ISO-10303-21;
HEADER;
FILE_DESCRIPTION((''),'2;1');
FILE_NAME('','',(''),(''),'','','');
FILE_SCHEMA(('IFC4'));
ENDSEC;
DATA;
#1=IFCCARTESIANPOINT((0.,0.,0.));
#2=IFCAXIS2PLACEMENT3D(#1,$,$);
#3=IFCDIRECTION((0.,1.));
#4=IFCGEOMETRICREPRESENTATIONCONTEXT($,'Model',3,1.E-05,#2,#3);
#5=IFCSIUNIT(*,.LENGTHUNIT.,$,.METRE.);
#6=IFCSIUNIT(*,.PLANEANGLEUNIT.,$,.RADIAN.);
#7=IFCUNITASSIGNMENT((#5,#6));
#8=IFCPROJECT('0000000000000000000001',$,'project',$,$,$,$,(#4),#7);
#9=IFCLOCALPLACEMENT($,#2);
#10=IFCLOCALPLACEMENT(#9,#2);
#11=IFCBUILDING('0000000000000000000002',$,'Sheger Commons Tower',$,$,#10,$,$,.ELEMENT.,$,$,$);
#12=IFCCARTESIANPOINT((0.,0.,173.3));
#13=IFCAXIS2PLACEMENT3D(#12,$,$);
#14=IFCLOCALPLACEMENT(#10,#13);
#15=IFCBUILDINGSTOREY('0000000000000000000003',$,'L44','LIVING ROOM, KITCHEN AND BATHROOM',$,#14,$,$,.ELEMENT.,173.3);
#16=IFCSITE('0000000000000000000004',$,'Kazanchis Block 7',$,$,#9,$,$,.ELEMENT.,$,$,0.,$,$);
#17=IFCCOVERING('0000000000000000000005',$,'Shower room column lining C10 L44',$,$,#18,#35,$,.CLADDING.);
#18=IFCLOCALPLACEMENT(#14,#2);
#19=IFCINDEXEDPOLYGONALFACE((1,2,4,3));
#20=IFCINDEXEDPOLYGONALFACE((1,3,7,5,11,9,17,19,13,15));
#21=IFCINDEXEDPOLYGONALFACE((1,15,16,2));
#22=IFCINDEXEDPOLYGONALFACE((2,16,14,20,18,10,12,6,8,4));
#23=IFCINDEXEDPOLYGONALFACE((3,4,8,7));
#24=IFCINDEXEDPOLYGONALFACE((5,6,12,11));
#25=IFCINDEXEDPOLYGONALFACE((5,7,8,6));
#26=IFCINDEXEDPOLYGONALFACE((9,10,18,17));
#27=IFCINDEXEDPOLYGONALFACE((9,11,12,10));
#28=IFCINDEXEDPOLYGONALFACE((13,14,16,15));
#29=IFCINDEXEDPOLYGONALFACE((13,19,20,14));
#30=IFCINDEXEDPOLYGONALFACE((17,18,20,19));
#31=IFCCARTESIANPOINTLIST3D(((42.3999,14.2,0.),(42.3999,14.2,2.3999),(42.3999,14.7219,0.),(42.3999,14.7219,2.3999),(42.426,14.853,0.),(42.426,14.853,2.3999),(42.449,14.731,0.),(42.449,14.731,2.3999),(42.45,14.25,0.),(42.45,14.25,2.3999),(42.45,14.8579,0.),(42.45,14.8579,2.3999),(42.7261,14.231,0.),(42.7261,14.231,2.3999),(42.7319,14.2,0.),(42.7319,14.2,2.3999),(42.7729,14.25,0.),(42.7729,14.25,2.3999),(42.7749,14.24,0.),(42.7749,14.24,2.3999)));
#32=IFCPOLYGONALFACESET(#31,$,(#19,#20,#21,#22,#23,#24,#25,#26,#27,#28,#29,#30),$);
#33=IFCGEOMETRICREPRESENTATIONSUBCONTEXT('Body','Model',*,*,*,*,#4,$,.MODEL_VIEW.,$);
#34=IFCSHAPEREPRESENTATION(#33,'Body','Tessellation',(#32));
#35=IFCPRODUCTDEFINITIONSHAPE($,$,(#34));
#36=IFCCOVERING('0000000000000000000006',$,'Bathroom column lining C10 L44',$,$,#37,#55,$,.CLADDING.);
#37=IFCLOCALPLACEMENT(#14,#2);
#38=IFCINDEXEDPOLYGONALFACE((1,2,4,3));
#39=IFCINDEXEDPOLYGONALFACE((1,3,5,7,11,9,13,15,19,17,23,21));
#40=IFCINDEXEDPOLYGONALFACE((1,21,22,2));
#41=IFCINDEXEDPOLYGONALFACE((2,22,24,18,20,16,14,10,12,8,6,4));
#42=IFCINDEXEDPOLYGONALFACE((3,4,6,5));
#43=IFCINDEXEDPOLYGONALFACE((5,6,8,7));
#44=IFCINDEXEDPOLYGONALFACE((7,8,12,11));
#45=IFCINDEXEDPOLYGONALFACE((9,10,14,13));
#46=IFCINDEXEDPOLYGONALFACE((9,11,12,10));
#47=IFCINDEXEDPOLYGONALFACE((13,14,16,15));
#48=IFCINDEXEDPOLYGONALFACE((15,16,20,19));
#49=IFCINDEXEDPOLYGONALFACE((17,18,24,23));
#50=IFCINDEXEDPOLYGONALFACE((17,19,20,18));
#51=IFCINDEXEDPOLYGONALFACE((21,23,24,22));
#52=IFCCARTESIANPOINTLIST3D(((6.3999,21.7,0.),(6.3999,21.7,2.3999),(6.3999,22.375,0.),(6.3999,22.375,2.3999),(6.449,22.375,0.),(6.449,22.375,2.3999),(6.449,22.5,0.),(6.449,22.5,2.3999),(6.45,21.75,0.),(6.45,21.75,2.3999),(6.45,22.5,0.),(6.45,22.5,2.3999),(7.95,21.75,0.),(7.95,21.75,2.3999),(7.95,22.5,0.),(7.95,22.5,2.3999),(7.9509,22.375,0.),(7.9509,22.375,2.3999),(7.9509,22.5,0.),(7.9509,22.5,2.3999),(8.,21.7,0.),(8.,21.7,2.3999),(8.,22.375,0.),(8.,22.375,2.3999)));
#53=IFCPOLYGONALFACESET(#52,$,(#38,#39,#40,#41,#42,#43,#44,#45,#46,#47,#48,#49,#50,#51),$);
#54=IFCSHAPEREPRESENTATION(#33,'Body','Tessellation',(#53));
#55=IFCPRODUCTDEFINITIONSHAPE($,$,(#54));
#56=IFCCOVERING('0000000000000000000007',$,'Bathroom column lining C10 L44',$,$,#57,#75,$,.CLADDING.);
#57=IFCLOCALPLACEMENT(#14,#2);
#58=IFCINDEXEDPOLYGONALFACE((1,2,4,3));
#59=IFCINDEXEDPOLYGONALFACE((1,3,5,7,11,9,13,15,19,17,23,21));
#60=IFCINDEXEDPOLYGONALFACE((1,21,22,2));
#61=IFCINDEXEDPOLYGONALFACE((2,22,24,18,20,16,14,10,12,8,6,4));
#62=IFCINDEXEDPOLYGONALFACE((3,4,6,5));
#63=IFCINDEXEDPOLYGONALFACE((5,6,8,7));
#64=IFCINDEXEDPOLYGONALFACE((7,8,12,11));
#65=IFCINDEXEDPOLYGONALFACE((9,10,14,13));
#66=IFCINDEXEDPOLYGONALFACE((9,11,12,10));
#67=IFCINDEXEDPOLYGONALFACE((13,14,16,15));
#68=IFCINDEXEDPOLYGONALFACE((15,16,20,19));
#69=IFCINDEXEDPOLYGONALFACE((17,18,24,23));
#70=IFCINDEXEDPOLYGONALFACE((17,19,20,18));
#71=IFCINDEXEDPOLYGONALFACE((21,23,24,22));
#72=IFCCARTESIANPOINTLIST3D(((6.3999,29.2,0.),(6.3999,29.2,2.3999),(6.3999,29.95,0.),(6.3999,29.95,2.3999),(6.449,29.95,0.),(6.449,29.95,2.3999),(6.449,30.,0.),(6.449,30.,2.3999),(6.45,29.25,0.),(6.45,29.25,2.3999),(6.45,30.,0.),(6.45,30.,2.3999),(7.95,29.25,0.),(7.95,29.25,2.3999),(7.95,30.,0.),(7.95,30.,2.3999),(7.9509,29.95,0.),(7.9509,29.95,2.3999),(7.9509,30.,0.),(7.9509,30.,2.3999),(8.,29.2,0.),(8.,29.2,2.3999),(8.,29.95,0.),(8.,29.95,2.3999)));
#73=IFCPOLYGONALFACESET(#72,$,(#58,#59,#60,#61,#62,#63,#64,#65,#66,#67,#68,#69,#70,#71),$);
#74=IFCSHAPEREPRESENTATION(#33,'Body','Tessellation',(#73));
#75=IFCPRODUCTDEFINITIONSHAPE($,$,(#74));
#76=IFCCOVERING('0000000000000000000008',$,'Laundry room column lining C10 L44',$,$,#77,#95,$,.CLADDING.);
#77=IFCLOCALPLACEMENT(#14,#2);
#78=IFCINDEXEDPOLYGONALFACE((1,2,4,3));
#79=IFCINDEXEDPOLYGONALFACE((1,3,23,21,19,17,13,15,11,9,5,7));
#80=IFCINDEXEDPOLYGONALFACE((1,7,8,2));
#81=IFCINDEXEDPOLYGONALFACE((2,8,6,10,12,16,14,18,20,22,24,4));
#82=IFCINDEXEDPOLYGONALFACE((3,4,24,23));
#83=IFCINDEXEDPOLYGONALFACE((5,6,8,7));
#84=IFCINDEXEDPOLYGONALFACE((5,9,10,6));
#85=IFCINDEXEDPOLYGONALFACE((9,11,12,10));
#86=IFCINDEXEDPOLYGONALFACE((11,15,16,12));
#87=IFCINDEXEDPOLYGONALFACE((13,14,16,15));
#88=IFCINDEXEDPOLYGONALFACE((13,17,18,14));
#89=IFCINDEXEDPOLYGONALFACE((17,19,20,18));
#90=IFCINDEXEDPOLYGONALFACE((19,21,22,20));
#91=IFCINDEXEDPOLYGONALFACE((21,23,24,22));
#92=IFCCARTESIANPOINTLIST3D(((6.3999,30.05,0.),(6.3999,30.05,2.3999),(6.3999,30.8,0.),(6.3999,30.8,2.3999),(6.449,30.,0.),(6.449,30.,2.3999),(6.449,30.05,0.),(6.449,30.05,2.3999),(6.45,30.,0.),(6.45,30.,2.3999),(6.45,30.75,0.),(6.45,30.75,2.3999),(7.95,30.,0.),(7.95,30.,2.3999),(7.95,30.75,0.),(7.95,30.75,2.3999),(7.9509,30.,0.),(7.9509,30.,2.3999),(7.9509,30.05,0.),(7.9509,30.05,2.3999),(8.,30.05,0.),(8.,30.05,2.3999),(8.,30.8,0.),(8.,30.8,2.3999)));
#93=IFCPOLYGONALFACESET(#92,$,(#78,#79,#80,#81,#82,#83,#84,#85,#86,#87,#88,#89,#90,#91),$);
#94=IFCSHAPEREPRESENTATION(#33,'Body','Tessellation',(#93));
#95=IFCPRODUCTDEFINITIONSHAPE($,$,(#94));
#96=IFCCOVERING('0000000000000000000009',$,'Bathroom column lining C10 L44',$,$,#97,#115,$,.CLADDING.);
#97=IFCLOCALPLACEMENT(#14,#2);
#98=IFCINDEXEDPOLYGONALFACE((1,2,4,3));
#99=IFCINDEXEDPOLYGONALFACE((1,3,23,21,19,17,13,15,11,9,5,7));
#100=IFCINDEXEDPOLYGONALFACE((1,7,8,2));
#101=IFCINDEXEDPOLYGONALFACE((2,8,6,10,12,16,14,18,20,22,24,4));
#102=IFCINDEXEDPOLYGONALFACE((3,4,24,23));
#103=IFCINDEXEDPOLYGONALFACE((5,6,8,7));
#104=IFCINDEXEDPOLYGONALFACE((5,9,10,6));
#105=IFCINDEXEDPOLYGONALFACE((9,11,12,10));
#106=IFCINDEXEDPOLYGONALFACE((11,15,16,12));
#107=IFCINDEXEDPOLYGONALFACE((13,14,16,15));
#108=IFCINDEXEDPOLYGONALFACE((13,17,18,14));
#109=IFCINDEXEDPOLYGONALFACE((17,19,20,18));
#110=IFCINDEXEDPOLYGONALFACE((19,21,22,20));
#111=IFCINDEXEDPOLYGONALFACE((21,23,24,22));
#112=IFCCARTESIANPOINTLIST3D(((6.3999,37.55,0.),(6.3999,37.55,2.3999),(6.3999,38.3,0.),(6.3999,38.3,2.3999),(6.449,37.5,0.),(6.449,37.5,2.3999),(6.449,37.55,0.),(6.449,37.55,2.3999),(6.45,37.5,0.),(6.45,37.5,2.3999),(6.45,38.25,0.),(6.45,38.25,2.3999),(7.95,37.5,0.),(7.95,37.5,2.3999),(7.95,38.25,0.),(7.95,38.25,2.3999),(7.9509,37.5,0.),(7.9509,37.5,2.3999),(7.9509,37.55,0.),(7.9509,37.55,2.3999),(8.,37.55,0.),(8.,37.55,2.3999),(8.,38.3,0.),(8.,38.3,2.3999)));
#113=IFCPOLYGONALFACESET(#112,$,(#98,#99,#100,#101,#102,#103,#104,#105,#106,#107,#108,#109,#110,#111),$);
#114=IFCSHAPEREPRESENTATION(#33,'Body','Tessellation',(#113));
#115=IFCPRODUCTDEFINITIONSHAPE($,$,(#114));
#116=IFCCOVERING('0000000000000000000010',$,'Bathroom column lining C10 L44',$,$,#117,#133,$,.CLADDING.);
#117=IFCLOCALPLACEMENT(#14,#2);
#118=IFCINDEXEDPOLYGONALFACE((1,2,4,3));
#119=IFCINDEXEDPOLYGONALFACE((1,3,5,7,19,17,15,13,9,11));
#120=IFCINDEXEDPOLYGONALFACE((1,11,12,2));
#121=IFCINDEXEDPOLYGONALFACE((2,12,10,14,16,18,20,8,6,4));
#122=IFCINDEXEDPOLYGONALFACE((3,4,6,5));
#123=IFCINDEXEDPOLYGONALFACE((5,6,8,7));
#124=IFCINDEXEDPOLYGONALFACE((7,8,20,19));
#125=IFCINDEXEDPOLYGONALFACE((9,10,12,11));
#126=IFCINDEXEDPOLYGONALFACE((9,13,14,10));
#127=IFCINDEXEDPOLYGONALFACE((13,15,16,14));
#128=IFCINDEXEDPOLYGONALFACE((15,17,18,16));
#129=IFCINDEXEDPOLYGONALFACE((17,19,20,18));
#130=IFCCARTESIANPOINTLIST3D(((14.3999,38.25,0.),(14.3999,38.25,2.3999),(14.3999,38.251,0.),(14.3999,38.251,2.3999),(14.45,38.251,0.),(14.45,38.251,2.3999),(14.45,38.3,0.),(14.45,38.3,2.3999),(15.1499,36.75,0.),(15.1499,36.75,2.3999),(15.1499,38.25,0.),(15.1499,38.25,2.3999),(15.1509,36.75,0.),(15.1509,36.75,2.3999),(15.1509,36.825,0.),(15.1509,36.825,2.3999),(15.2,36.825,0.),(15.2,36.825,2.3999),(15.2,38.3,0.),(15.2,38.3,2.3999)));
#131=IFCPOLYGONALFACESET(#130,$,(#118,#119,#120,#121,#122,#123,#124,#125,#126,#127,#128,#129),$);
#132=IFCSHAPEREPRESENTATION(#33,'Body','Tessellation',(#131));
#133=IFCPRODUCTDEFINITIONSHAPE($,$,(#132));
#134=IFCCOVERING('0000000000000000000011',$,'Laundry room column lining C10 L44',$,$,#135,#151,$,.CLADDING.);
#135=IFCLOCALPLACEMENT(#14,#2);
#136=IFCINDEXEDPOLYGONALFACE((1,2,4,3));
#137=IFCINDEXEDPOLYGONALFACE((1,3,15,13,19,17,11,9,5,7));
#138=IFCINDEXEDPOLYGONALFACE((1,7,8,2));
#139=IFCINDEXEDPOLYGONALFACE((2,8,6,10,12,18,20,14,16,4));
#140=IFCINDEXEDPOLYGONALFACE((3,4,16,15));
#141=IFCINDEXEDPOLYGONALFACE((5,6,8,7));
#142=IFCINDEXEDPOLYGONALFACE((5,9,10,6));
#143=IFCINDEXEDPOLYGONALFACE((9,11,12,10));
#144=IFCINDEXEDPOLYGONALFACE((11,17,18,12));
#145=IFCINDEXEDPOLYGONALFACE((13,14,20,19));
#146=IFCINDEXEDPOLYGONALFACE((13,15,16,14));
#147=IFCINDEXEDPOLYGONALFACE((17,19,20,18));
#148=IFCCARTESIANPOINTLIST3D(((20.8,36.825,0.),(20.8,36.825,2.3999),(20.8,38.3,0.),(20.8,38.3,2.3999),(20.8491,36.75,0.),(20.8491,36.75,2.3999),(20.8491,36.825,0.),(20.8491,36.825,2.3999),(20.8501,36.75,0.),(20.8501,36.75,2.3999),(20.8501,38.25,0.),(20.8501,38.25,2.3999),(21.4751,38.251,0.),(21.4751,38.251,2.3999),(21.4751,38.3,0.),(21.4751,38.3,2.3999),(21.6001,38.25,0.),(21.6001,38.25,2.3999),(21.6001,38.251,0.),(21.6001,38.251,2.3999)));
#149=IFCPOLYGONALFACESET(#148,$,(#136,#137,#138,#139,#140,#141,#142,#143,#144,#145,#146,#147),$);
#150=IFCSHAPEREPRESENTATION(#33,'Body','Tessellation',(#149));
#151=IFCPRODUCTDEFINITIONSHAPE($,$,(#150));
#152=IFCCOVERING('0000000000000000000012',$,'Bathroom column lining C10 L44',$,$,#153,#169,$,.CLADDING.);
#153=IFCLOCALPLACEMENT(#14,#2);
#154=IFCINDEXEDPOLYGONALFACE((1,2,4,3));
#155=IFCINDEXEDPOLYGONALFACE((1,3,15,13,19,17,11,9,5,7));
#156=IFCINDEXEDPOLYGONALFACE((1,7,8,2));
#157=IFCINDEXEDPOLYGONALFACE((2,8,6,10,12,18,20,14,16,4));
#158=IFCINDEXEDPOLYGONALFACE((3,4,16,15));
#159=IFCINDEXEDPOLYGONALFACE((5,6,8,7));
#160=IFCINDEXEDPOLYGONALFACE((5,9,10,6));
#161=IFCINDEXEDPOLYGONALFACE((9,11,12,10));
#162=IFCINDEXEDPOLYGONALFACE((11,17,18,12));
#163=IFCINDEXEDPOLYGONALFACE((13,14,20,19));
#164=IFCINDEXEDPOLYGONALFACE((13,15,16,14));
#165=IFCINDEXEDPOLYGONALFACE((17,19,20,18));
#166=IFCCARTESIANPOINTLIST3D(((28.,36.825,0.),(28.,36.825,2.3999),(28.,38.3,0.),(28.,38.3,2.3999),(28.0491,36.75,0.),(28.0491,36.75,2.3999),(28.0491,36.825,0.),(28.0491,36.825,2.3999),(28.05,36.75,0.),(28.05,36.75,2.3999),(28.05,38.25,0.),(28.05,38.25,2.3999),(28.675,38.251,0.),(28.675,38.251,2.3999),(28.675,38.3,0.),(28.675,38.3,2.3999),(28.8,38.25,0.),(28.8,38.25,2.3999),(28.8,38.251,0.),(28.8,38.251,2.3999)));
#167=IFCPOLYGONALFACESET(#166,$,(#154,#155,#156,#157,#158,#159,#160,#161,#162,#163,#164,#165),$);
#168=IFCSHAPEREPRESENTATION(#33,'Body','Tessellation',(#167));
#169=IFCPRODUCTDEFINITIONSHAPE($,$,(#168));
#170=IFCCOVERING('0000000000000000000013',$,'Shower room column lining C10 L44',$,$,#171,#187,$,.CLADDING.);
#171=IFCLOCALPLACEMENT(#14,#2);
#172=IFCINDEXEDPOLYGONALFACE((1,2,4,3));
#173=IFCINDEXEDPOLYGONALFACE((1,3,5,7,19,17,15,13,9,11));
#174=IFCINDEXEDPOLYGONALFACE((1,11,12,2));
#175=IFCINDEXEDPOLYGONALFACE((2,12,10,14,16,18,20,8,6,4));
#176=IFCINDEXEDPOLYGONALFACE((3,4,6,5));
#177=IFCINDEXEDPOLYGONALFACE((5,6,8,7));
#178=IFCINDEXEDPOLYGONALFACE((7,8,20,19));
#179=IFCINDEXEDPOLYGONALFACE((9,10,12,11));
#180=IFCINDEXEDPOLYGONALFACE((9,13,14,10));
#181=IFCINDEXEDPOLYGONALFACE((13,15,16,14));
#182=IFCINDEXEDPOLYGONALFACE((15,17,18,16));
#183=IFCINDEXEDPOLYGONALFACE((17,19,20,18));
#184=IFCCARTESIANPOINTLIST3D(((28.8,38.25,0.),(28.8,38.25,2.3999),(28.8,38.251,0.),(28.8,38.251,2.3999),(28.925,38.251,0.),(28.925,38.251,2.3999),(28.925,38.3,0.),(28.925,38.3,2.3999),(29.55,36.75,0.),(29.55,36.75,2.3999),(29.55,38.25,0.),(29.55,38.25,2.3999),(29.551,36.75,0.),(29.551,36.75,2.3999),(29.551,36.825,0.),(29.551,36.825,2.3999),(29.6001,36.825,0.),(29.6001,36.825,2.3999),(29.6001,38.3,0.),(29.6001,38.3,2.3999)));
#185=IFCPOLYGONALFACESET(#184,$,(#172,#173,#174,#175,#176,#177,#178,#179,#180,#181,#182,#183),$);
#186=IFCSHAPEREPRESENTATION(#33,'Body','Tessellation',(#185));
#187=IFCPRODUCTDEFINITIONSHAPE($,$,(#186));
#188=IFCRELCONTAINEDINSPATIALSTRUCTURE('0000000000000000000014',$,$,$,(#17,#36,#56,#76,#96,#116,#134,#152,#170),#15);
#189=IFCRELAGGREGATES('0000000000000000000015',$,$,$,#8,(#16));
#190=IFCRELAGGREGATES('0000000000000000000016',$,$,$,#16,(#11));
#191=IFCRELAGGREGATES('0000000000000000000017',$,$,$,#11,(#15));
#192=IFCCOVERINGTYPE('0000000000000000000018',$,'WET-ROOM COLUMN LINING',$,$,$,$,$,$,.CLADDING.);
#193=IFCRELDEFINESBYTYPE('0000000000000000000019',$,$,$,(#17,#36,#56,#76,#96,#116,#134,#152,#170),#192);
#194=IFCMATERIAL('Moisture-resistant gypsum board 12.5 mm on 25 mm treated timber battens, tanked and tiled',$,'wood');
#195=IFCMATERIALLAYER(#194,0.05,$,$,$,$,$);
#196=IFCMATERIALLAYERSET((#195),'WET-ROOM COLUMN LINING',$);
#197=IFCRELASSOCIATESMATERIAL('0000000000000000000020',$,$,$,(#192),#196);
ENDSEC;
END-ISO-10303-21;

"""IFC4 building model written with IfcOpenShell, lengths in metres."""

from ifc_helpers import new_model, si_unit, direction, frame, origin, place, context, subcontext, project, spatial, polyline, outline, extrude, material, layer, layer_set, type_object, element, save


model = new_model("IFC4")

# Units and contexts
model_context = context("Model", 3, precision=1e-05, world=origin(), true_north=direction((0.0, 1.0)))
body_context = subcontext(model_context, "Body", "Model", "MODEL_VIEW")
ifc_project = project(units=[si_unit("LENGTHUNIT", "METRE"), si_unit("PLANEANGLEUNIT", "RADIAN")], contexts=[model_context])

# Site, building, storey
site_placement = place(None, origin())
site = spatial("IfcSite", under=ifc_project, at=site_placement, Name="Kazanchis Block 7", CompositionType="ELEMENT", RefElevation=0.0)
building_placement = place(site_placement, origin())
building = spatial("IfcBuilding", under=site, at=building_placement, Name="Sheger Commons Tower", CompositionType="ELEMENT")
storey_placement = place(building_placement, frame((0.0, 0.0, 173.3)))
storey = spatial("IfcBuildingStorey", under=building, at=storey_placement, Name="L44", Description="LIVING ROOM, KITCHEN AND BATHROOM", CompositionType="ELEMENT", Elevation=173.3)

# Coverings
ifc_material_1 = material(Name="Moisture-resistant gypsum board 12.5 mm on 25 mm treated timber battens, tanked and tiled", Category="wood")
ifc_layer_1 = layer(ifc_material_1, 0.05)
ifc_layer_set_1 = layer_set([ifc_layer_1], Name="WET-ROOM COLUMN LINING")
covering_type_1 = type_object("IfcCoveringType", Name="WET-ROOM COLUMN LINING", PredefinedType="CLADDING", material=ifc_layer_set_1)
covering_1_placement = place(storey_placement, origin())
element("IfcCovering", 1, at=covering_1_placement, inside=storey, type_object=covering_type_1, Name="Shower room column lining C10 L44", PredefinedType="CLADDING", context=body_context, shape_type="SweptSolid", body=[
    extrude(outline(polyline([(42.45, 14.8579), (42.45, 14.25), (42.7729, 14.25), (42.7749, 14.24), (42.7261, 14.231), (42.7319, 14.2), (42.3999, 14.2), (42.3999, 14.7219), (42.449, 14.731), (42.426, 14.853), (42.45, 14.8579)])), origin(), (0.0, 0.0, 1.0), 2.3999),
])
covering_2_placement = place(storey_placement, origin())
element("IfcCovering", 2, at=covering_2_placement, inside=storey, type_object=covering_type_1, Name="Bathroom column lining C10 L44", PredefinedType="CLADDING", context=body_context, shape_type="SweptSolid", body=[
    extrude(outline(polyline([(6.45, 22.5), (6.45, 21.75), (7.95, 21.75), (7.95, 22.5), (7.9509, 22.5), (7.9509, 22.375), (8.0, 22.375), (8.0, 21.7), (6.3999, 21.7), (6.3999, 22.375), (6.449, 22.375), (6.449, 22.5), (6.45, 22.5)])), origin(), (0.0, 0.0, 1.0), 2.3999),
])
covering_3_placement = place(storey_placement, origin())
element("IfcCovering", 3, at=covering_3_placement, inside=storey, type_object=covering_type_1, Name="Bathroom column lining C10 L44", PredefinedType="CLADDING", context=body_context, shape_type="SweptSolid", body=[
    extrude(outline(polyline([(6.45, 30.0), (6.45, 29.25), (7.95, 29.25), (7.95, 30.0), (7.9509, 30.0), (7.9509, 29.95), (8.0, 29.95), (8.0, 29.2), (6.3999, 29.2), (6.3999, 29.95), (6.449, 29.95), (6.449, 30.0), (6.45, 30.0)])), origin(), (0.0, 0.0, 1.0), 2.3999),
])
covering_4_placement = place(storey_placement, origin())
element("IfcCovering", 4, at=covering_4_placement, inside=storey, type_object=covering_type_1, Name="Laundry room column lining C10 L44", PredefinedType="CLADDING", context=body_context, shape_type="SweptSolid", body=[
    extrude(outline(polyline([(8.0, 30.8), (8.0, 30.05), (7.9509, 30.05), (7.9509, 30.0), (7.95, 30.0), (7.95, 30.75), (6.45, 30.75), (6.45, 30.0), (6.449, 30.0), (6.449, 30.05), (6.3999, 30.05), (6.3999, 30.8), (8.0, 30.8)])), origin(), (0.0, 0.0, 1.0), 2.3999),
])
covering_5_placement = place(storey_placement, origin())
element("IfcCovering", 5, at=covering_5_placement, inside=storey, type_object=covering_type_1, Name="Bathroom column lining C10 L44", PredefinedType="CLADDING", context=body_context, shape_type="SweptSolid", body=[
    extrude(outline(polyline([(8.0, 38.3), (8.0, 37.55), (7.9509, 37.55), (7.9509, 37.5), (7.95, 37.5), (7.95, 38.25), (6.45, 38.25), (6.45, 37.5), (6.449, 37.5), (6.449, 37.55), (6.3999, 37.55), (6.3999, 38.3), (8.0, 38.3)])), origin(), (0.0, 0.0, 1.0), 2.3999),
])
covering_6_placement = place(storey_placement, origin())
element("IfcCovering", 6, at=covering_6_placement, inside=storey, type_object=covering_type_1, Name="Bathroom column lining C10 L44", PredefinedType="CLADDING", context=body_context, shape_type="SweptSolid", body=[
    extrude(outline(polyline([(15.2, 36.825), (15.1509, 36.825), (15.1509, 36.75), (15.1499, 36.75), (15.1499, 38.25), (14.3999, 38.25), (14.3999, 38.251), (14.45, 38.251), (14.45, 38.3), (15.2, 38.3), (15.2, 36.825)])), origin(), (0.0, 0.0, 1.0), 2.3999),
])
covering_7_placement = place(storey_placement, origin())
element("IfcCovering", 7, at=covering_7_placement, inside=storey, type_object=covering_type_1, Name="Laundry room column lining C10 L44", PredefinedType="CLADDING", context=body_context, shape_type="SweptSolid", body=[
    extrude(outline(polyline([(21.4751, 38.3), (21.4751, 38.251), (21.6001, 38.251), (21.6001, 38.25), (20.8501, 38.25), (20.8501, 36.75), (20.8491, 36.75), (20.8491, 36.825), (20.8, 36.825), (20.8, 38.3), (21.4751, 38.3)])), origin(), (0.0, 0.0, 1.0), 2.3999),
])
covering_8_placement = place(storey_placement, origin())
element("IfcCovering", 8, at=covering_8_placement, inside=storey, type_object=covering_type_1, Name="Bathroom column lining C10 L44", PredefinedType="CLADDING", context=body_context, shape_type="SweptSolid", body=[
    extrude(outline(polyline([(28.675, 38.3), (28.675, 38.251), (28.8, 38.251), (28.8, 38.25), (28.05, 38.25), (28.05, 36.75), (28.0491, 36.75), (28.0491, 36.825), (28.0, 36.825), (28.0, 38.3), (28.675, 38.3)])), origin(), (0.0, 0.0, 1.0), 2.3999),
])
covering_9_placement = place(storey_placement, origin())
element("IfcCovering", 9, at=covering_9_placement, inside=storey, type_object=covering_type_1, Name="Shower room column lining C10 L44", PredefinedType="CLADDING", context=body_context, shape_type="SweptSolid", body=[
    extrude(outline(polyline([(29.6001, 36.825), (29.551, 36.825), (29.551, 36.75), (29.55, 36.75), (29.55, 38.25), (28.8, 38.25), (28.8, 38.251), (28.925, 38.251), (28.925, 38.3), (29.6001, 38.3), (29.6001, 36.825)])), origin(), (0.0, 0.0, 1.0), 2.3999),
])

save(model, "model.ifc")
